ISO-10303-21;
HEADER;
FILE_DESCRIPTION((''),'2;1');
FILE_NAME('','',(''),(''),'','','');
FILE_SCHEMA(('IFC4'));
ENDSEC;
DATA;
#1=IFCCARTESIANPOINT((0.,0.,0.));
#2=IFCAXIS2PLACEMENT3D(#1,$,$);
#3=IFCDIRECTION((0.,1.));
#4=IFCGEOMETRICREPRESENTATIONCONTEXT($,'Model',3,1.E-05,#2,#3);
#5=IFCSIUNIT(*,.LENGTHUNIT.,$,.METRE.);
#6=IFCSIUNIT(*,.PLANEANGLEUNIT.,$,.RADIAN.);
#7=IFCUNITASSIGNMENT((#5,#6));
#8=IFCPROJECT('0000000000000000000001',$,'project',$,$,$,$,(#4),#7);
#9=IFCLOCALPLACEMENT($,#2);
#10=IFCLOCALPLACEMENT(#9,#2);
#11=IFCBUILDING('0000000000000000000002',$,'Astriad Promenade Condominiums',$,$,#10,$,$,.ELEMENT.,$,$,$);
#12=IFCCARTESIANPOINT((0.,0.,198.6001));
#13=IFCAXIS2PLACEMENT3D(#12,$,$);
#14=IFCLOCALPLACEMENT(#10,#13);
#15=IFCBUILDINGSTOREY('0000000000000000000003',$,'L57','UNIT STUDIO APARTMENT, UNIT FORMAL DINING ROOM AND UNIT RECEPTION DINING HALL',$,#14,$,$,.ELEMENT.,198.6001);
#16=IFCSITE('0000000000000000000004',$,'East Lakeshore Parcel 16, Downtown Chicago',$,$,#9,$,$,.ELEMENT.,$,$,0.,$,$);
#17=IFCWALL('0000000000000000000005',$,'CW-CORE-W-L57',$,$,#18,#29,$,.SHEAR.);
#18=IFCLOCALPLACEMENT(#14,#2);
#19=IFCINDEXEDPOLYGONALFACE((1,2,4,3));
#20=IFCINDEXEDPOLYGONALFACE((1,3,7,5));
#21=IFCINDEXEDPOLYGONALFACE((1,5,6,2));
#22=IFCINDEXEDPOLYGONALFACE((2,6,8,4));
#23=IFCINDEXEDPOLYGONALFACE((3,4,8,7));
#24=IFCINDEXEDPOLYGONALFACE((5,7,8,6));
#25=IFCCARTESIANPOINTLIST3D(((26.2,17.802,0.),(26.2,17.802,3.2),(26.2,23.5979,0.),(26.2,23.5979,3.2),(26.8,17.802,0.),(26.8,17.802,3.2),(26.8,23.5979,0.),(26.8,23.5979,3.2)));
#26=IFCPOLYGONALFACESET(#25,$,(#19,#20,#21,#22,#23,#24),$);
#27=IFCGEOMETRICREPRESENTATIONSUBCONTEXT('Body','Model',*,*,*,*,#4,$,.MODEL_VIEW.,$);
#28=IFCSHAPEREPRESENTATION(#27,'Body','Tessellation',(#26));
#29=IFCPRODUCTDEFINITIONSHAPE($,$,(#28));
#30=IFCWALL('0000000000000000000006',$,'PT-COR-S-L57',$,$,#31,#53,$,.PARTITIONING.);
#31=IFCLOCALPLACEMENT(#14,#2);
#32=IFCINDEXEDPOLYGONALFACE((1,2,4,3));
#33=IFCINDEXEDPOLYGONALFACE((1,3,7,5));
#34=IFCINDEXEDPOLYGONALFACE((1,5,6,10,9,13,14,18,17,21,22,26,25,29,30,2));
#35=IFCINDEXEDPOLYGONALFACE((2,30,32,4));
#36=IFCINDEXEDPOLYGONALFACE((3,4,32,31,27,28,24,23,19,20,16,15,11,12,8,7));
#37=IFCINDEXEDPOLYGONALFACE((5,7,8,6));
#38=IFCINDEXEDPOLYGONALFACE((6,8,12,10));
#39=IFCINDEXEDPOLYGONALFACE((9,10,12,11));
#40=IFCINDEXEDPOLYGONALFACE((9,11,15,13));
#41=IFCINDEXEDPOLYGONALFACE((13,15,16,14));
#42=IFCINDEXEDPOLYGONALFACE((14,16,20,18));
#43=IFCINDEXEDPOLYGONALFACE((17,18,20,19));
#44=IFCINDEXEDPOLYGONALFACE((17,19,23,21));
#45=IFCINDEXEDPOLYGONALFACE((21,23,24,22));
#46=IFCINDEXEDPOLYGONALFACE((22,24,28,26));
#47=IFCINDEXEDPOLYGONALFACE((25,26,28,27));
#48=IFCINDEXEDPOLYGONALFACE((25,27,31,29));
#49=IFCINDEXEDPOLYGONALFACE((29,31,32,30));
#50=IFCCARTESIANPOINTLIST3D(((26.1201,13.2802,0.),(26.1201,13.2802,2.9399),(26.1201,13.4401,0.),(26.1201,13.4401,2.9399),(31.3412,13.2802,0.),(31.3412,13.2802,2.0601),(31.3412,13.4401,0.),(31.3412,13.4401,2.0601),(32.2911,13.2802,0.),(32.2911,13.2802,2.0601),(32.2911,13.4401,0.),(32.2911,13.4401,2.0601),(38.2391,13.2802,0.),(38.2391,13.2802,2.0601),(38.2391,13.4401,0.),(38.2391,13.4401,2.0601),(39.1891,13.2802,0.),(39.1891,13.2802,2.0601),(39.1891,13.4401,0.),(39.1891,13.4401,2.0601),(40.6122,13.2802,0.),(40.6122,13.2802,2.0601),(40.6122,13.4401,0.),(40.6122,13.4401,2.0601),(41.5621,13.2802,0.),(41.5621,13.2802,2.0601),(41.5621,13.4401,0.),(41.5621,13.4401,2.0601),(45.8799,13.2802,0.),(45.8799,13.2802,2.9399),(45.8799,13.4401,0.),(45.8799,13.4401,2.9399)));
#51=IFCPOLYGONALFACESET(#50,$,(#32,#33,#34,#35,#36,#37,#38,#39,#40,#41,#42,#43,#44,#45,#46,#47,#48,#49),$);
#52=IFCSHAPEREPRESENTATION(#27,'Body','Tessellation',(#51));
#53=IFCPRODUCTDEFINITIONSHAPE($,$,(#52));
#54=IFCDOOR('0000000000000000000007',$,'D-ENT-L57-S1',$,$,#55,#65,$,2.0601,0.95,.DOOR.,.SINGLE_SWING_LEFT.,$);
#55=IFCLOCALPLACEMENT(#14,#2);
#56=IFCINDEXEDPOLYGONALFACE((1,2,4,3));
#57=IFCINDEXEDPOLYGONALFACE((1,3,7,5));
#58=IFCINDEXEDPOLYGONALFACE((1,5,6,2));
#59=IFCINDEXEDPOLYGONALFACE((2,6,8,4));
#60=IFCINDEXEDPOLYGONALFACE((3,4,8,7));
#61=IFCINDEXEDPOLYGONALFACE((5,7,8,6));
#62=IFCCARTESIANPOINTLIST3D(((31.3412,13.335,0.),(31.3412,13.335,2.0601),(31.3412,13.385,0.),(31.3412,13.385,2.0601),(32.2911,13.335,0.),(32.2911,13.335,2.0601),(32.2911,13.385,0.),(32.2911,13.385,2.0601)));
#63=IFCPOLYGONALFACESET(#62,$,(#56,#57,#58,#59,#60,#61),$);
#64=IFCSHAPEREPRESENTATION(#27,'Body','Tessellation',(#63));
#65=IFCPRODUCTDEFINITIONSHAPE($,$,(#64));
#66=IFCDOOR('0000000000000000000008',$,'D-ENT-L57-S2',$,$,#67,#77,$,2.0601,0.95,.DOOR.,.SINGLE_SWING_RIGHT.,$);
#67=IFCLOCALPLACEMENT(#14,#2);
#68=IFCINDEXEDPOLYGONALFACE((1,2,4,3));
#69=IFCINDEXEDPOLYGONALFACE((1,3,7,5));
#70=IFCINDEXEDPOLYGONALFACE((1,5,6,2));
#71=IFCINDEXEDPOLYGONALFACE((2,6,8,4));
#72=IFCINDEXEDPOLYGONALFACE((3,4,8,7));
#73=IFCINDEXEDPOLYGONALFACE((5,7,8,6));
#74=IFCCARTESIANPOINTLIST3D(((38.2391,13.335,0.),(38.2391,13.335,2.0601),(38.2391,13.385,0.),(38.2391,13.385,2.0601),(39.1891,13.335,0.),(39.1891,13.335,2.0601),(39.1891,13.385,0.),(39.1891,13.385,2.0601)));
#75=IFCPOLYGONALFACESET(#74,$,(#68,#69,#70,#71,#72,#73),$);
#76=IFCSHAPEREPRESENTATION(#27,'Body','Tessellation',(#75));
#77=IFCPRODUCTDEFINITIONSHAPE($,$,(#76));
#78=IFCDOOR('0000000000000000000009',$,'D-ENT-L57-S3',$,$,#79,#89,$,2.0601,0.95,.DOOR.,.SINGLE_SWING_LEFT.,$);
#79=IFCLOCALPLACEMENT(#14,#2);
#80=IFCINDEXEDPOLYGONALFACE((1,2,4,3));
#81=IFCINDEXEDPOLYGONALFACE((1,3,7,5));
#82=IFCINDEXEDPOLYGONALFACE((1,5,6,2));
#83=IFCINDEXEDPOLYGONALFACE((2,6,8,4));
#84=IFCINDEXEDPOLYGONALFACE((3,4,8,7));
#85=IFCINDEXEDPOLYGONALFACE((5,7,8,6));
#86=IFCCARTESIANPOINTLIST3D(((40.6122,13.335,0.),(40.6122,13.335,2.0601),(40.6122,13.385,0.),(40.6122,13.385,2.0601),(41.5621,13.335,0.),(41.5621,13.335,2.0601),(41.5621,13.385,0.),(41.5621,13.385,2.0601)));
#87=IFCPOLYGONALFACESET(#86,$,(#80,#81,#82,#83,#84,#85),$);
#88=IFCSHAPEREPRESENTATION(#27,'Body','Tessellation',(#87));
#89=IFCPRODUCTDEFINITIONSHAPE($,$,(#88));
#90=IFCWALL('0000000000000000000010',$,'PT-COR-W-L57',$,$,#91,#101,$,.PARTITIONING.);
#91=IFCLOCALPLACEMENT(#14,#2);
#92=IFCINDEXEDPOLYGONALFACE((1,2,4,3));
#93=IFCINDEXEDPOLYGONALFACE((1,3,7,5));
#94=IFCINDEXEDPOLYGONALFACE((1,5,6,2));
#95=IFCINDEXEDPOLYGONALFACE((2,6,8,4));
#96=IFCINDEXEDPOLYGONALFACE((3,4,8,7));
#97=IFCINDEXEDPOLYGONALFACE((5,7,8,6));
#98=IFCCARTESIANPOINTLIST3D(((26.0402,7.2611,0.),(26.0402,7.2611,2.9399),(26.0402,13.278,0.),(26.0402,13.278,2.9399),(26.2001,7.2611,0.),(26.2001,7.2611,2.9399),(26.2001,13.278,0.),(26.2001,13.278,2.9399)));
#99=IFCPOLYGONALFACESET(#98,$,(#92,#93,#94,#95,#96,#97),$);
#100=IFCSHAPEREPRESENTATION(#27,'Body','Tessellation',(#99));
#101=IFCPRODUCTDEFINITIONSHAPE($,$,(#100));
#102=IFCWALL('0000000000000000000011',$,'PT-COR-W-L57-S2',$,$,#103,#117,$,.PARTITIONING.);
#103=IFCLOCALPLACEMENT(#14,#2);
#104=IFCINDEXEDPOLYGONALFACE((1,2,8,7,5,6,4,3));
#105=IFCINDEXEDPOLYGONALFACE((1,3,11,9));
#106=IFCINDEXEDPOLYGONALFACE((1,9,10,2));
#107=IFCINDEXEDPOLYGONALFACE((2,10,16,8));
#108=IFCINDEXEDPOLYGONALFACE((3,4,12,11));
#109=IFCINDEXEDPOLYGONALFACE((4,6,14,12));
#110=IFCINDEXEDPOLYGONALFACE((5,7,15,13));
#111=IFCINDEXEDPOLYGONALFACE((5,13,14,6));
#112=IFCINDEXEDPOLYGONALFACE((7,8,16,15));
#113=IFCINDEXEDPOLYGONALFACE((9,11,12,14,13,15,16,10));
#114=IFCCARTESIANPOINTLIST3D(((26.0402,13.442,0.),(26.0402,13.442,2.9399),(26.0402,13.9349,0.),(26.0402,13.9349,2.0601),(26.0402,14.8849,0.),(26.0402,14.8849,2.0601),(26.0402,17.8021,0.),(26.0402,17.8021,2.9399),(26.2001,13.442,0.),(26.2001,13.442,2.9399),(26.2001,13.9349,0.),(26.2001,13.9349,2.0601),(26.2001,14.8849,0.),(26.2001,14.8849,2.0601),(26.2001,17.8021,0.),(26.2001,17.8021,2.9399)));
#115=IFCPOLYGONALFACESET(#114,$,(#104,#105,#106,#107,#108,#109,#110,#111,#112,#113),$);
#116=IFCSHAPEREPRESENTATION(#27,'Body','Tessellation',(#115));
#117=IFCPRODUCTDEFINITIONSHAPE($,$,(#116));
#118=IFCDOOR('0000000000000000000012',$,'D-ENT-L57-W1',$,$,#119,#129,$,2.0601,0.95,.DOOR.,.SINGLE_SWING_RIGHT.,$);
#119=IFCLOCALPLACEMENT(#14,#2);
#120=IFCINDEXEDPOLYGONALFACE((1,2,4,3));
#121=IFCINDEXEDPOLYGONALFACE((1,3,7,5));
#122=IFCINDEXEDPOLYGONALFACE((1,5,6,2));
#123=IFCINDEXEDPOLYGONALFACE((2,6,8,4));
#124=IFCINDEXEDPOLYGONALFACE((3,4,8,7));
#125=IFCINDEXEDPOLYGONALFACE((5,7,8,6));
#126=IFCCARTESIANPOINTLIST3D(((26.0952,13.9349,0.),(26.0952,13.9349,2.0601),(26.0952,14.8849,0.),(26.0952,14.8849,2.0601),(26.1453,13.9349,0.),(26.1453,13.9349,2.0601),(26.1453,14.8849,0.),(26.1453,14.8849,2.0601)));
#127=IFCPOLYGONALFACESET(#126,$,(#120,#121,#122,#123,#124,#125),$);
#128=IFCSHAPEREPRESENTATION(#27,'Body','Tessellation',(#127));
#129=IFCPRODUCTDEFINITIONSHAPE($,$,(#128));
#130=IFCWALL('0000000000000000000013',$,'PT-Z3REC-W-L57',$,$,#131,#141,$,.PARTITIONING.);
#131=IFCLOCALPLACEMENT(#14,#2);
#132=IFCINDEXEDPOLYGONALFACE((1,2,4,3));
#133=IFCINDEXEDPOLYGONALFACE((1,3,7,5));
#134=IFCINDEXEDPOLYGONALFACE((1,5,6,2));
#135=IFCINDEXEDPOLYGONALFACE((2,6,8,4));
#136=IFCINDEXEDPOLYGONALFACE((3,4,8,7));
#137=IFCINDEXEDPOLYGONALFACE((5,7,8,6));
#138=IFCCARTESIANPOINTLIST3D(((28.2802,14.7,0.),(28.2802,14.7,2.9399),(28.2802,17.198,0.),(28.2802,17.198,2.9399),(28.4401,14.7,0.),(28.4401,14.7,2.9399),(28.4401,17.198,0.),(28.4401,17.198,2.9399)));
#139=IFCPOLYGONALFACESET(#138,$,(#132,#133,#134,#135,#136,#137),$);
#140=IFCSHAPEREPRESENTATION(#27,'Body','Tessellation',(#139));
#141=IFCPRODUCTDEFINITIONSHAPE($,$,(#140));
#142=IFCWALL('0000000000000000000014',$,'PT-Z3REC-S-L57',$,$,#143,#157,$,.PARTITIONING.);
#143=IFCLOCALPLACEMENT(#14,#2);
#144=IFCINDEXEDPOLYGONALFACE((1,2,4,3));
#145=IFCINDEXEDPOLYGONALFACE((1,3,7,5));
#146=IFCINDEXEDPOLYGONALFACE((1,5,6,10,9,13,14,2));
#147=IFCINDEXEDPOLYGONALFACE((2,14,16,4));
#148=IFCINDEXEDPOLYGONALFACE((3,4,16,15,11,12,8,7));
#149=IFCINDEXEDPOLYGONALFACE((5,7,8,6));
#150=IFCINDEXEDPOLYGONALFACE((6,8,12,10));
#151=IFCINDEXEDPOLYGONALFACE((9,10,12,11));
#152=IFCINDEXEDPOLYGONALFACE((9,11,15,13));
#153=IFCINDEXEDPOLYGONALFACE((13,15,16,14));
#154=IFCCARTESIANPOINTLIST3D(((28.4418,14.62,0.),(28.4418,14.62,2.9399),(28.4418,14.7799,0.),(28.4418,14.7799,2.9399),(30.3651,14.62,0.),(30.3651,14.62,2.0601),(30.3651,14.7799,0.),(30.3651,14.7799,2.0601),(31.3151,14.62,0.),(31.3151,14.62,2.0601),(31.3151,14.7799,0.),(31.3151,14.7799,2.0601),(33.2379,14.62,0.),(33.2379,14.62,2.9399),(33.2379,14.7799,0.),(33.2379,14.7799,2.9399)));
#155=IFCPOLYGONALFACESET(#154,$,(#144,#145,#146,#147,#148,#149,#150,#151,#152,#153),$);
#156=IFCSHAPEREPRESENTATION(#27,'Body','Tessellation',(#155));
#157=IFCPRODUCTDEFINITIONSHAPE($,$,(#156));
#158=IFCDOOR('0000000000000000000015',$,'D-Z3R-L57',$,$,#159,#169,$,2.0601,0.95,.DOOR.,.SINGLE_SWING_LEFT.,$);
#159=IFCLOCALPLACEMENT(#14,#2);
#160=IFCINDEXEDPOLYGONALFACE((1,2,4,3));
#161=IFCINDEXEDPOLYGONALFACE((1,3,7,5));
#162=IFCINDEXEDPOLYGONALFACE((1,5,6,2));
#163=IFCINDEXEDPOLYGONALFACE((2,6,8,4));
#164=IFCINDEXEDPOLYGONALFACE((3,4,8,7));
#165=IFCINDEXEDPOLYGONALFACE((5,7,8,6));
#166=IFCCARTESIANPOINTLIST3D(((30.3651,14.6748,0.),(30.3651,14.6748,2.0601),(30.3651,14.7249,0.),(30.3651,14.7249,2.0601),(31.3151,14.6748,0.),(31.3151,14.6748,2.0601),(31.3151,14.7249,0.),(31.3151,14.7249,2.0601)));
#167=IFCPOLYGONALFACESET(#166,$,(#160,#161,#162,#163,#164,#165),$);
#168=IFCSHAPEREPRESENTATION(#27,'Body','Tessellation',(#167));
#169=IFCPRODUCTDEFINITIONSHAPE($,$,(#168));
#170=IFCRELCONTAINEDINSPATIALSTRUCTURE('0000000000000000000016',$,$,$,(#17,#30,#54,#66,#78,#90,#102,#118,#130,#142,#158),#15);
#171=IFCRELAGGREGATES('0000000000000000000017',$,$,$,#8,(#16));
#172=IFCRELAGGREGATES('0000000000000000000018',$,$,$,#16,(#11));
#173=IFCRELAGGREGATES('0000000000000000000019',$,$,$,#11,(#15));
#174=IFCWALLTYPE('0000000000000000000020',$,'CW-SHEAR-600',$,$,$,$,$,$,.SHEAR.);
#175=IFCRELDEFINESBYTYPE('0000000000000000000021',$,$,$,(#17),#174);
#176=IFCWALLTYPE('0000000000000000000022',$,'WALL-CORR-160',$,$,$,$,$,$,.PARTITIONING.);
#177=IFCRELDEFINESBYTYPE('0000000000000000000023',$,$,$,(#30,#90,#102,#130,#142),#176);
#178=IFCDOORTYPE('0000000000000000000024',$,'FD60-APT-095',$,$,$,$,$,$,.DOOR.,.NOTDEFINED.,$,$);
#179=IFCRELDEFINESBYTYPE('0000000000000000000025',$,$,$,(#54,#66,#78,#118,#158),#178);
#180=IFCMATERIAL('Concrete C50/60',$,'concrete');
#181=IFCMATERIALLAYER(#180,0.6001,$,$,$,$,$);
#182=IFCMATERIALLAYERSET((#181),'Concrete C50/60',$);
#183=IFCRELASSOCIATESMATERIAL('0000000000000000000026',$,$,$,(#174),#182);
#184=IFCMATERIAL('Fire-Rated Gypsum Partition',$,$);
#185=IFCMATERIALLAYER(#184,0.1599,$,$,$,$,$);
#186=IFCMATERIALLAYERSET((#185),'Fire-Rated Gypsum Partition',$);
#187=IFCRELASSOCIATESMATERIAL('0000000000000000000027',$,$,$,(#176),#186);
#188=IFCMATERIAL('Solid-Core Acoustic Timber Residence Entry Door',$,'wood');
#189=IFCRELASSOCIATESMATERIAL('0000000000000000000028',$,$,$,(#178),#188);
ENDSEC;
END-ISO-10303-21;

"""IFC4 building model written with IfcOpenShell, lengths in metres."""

from ifc_helpers import new_model, si_unit, direction, frame, frame_2d, origin, place, context, subcontext, project, spatial, rectangle, extrude, source, transform, mapped, material, layer, layer_set, type_object, type_shapes, element, fill, save


model = new_model("IFC4")

# Units and contexts
model_context = context("Model", 3, precision=1e-05, world=origin(), true_north=direction((0.0, 1.0)))
body_context = subcontext(model_context, "Body", "Model", "MODEL_VIEW")
ifc_project = project(units=[si_unit("LENGTHUNIT", "METRE"), si_unit("PLANEANGLEUNIT", "RADIAN")], contexts=[model_context])

# Site, building, storey
site_placement = place(None, origin())
site = spatial("IfcSite", under=ifc_project, at=site_placement, Name="East Lakeshore Parcel 16, Downtown Chicago", CompositionType="ELEMENT", RefElevation=0.0)
building_placement = place(site_placement, origin())
building = spatial("IfcBuilding", under=site, at=building_placement, Name="Astriad Promenade Condominiums", CompositionType="ELEMENT")
storey_placement = place(building_placement, frame((0.0, 0.0, 198.6001)))
storey = spatial("IfcBuildingStorey", under=building, at=storey_placement, Name="L57", Description="UNIT STUDIO APARTMENT, UNIT FORMAL DINING ROOM AND UNIT RECEPTION DINING HALL", CompositionType="ELEMENT", Elevation=198.6001)

# Shared definitions
ifc_material_1 = material(Name="Concrete C50/60", Category="concrete")

# Shared definitions
ifc_layer_1 = layer(ifc_material_1, 0.6001)
ifc_layer_set_1 = layer_set([ifc_layer_1], Name="Concrete C50/60")
wall_type_1 = type_object("IfcWallType", Name="CW-SHEAR-600", PredefinedType="SHEAR", material=ifc_layer_set_1)

# Wall
wall_1_placement = place(storey_placement, frame((26.5, 17.802, 0.0), z_axis=(0.0, 0.0, 1.0), x_axis=(0.0, 1.0, 0.0)))
element("IfcWall", 1, at=wall_1_placement, inside=storey, type_object=wall_type_1, Name="CW-CORE-W-L57", PredefinedType="SHEAR", context=body_context, shape_type="SweptSolid", body=[
    extrude(rectangle(XDim=5.7959, YDim=0.6001, at=frame_2d((2.8979, 0.0))), origin(), (0.0, 0.0, 1.0), 3.2),
])

# Wall, openings, doors
ifc_material_2 = material(Name="Fire-Rated Gypsum Partition")
ifc_layer_2 = layer(ifc_material_2, 0.1599)
ifc_layer_set_2 = layer_set([ifc_layer_2], Name="Fire-Rated Gypsum Partition")
wall_type_2 = type_object("IfcWallType", Name="WALL-CORR-160", PredefinedType="PARTITIONING", material=ifc_layer_set_2)
wall_2_placement = place(storey_placement, frame((26.1201, 13.3601, 0.0), z_axis=(0.0, 0.0, 1.0), x_axis=(1.0, 0.0, 0.0)))
wall_2 = element("IfcWall", 2, at=wall_2_placement, inside=storey, type_object=wall_type_2, Name="PT-COR-S-L57", PredefinedType="PARTITIONING", context=body_context, shape_type="SweptSolid", body=[
    extrude(rectangle(XDim=19.7598, YDim=0.1599, at=frame_2d((9.8799, 0.0))), origin(), (0.0, 0.0, 1.0), 2.9399),
])
opening_1_placement = place(wall_2_placement, frame((5.2209, 0.0, 0.0)))
opening_1 = element("IfcOpeningElement", 3, at=opening_1_placement, cuts=wall_2, PredefinedType="OPENING", context=body_context, shape_type="SweptSolid", body=[
    extrude(rectangle(XDim=0.95, YDim=2.0601, at=frame_2d((0.4751, 1.03))), frame((0.0, 0.0898, 0.0), z_axis=(0.0, -1.0, 0.0), x_axis=(1.0, 0.0, 0.0)), (0.0, 0.0, 1.0), 0.1799),
])
opening_2_placement = place(wall_2_placement, frame((12.1189, 0.0, 0.0)))
opening_2 = element("IfcOpeningElement", 4, at=opening_2_placement, cuts=wall_2, PredefinedType="OPENING", context=body_context, shape_type="SweptSolid", body=[
    extrude(rectangle(XDim=0.95, YDim=2.0601, at=frame_2d((0.4751, 1.03))), frame((0.0, 0.0898, 0.0), z_axis=(0.0, -1.0, 0.0), x_axis=(1.0, 0.0, 0.0)), (0.0, 0.0, 1.0), 0.1799),
])
opening_3_placement = place(wall_2_placement, frame((14.4919, 0.0, 0.0)))
opening_3 = element("IfcOpeningElement", 5, at=opening_3_placement, cuts=wall_2, PredefinedType="OPENING", context=body_context, shape_type="SweptSolid", body=[
    extrude(rectangle(XDim=0.95, YDim=2.0601, at=frame_2d((0.4751, 1.03))), frame((0.0, 0.0898, 0.0), z_axis=(0.0, -1.0, 0.0), x_axis=(1.0, 0.0, 0.0)), (0.0, 0.0, 1.0), 0.1799),
])
ifc_material_3 = material(Name="Solid-Core Acoustic Timber Residence Entry Door", Category="wood")
door_type_1 = type_object("IfcDoorType", Name="FD60-APT-095", OperationType="NOTDEFINED", PredefinedType="DOOR", material=ifc_material_3)
shared_shape_1 = source(origin(), body_context, "Body", "SweptSolid", [
    extrude(rectangle(XDim=0.95, YDim=2.0601, at=frame_2d((0.4751, 1.03))), frame((0.0, 0.0249, 0.0), z_axis=(0.0, -1.0, 0.0), x_axis=(1.0, 0.0, 0.0)), (0.0, 0.0, 1.0), 0.05),
])
type_shapes(door_type_1, [shared_shape_1])
door_1_placement = place(opening_1_placement, origin())
door_1 = element("IfcDoor", 6, at=door_1_placement, inside=storey, type_object=door_type_1, Name="D-ENT-L57-S1", OperationType="SINGLE_SWING_LEFT", OverallHeight=2.0601, OverallWidth=0.95, PredefinedType="DOOR", context=body_context, shape_type="MappedRepresentation", body=[
    mapped(shared_shape_1, transform((0.0, 0.0, 0.0), scale=1.0)),
])
fill(opening_1, door_1)
door_2_placement = place(opening_2_placement, origin())
door_2 = element("IfcDoor", 7, at=door_2_placement, inside=storey, type_object=door_type_1, Name="D-ENT-L57-S2", OperationType="SINGLE_SWING_RIGHT", OverallHeight=2.0601, OverallWidth=0.95, PredefinedType="DOOR", context=body_context, shape_type="MappedRepresentation", body=[
    mapped(shared_shape_1, transform((0.0, 0.0, 0.0), scale=1.0)),
])
fill(opening_2, door_2)
door_3_placement = place(opening_3_placement, origin())
door_3 = element("IfcDoor", 8, at=door_3_placement, inside=storey, type_object=door_type_1, Name="D-ENT-L57-S3", OperationType="SINGLE_SWING_LEFT", OverallHeight=2.0601, OverallWidth=0.95, PredefinedType="DOOR", context=body_context, shape_type="MappedRepresentation", body=[
    mapped(shared_shape_1, transform((0.0, 0.0, 0.0), scale=1.0)),
])
fill(opening_3, door_3)

# Wall
wall_3_placement = place(storey_placement, frame((26.1201, 7.2612, 0.0), z_axis=(0.0, 0.0, 1.0), x_axis=(0.0, 1.0, 0.0)))
element("IfcWall", 9, at=wall_3_placement, inside=storey, type_object=wall_type_2, Name="PT-COR-W-L57", PredefinedType="PARTITIONING", context=body_context, shape_type="SweptSolid", body=[
    extrude(rectangle(XDim=6.0168, YDim=0.1599, at=frame_2d((3.0083, 0.0))), origin(), (0.0, 0.0, 1.0), 2.9399),
])

# Wall, opening, door
wall_4_placement = place(storey_placement, frame((26.1201, 13.4419, 0.0), z_axis=(0.0, 0.0, 1.0), x_axis=(0.0, 1.0, 0.0)))
wall_4 = element("IfcWall", 10, at=wall_4_placement, inside=storey, type_object=wall_type_2, Name="PT-COR-W-L57-S2", PredefinedType="PARTITIONING", context=body_context, shape_type="SweptSolid", body=[
    extrude(rectangle(XDim=4.3601, YDim=0.1599, at=frame_2d((2.1802, 0.0))), origin(), (0.0, 0.0, 1.0), 2.9399),
])
opening_4_placement = place(wall_4_placement, frame((0.4929, 0.0, 0.0)))
opening_4 = element("IfcOpeningElement", 11, at=opening_4_placement, cuts=wall_4, PredefinedType="OPENING", context=body_context, shape_type="SweptSolid", body=[
    extrude(rectangle(XDim=0.95, YDim=2.0601, at=frame_2d((0.4751, 1.03))), frame((0.0, 0.0898, 0.0), z_axis=(0.0, -1.0, 0.0), x_axis=(1.0, 0.0, 0.0)), (0.0, 0.0, 1.0), 0.1799),
])
door_4_placement = place(opening_4_placement, origin())
door_4 = element("IfcDoor", 12, at=door_4_placement, inside=storey, type_object=door_type_1, Name="D-ENT-L57-W1", OperationType="SINGLE_SWING_RIGHT", OverallHeight=2.0601, OverallWidth=0.95, PredefinedType="DOOR", context=body_context, shape_type="MappedRepresentation", body=[
    mapped(shared_shape_1, transform((0.0, 0.0, 0.0), scale=1.0)),
])
fill(opening_4, door_4)

# Wall
wall_5_placement = place(storey_placement, frame((28.3601, 14.7, 0.0), z_axis=(0.0, 0.0, 1.0), x_axis=(0.0, 1.0, 0.0)))
element("IfcWall", 13, at=wall_5_placement, inside=storey, type_object=wall_type_2, Name="PT-Z3REC-W-L57", PredefinedType="PARTITIONING", context=body_context, shape_type="SweptSolid", body=[
    extrude(rectangle(XDim=2.498, YDim=0.1599, at=frame_2d((1.249, 0.0))), origin(), (0.0, 0.0, 1.0), 2.9399),
])

# Wall, opening, door
wall_6_placement = place(storey_placement, frame((28.4419, 14.7, 0.0), z_axis=(0.0, 0.0, 1.0), x_axis=(1.0, 0.0, 0.0)))
wall_6 = element("IfcWall", 14, at=wall_6_placement, inside=storey, type_object=wall_type_2, Name="PT-Z3REC-S-L57", PredefinedType="PARTITIONING", context=body_context, shape_type="SweptSolid", body=[
    extrude(rectangle(XDim=4.7961, YDim=0.1599, at=frame_2d((2.3979, 0.0))), origin(), (0.0, 0.0, 1.0), 2.9399),
])
opening_5_placement = place(wall_6_placement, frame((1.9231, 0.0, 0.0)))
opening_5 = element("IfcOpeningElement", 15, at=opening_5_placement, cuts=wall_6, PredefinedType="OPENING", context=body_context, shape_type="SweptSolid", body=[
    extrude(rectangle(XDim=0.95, YDim=2.0601, at=frame_2d((0.4751, 1.03))), frame((0.0, 0.0898, 0.0), z_axis=(0.0, -1.0, 0.0), x_axis=(1.0, 0.0, 0.0)), (0.0, 0.0, 1.0), 0.1799),
])
door_5_placement = place(opening_5_placement, origin())
door_5 = element("IfcDoor", 16, at=door_5_placement, inside=storey, type_object=door_type_1, Name="D-Z3R-L57", OperationType="SINGLE_SWING_LEFT", OverallHeight=2.0601, OverallWidth=0.95, PredefinedType="DOOR", context=body_context, shape_type="MappedRepresentation", body=[
    mapped(shared_shape_1, transform((0.0, 0.0, 0.0), scale=1.0)),
])
fill(opening_5, door_5)

save(model, "model.ifc")
